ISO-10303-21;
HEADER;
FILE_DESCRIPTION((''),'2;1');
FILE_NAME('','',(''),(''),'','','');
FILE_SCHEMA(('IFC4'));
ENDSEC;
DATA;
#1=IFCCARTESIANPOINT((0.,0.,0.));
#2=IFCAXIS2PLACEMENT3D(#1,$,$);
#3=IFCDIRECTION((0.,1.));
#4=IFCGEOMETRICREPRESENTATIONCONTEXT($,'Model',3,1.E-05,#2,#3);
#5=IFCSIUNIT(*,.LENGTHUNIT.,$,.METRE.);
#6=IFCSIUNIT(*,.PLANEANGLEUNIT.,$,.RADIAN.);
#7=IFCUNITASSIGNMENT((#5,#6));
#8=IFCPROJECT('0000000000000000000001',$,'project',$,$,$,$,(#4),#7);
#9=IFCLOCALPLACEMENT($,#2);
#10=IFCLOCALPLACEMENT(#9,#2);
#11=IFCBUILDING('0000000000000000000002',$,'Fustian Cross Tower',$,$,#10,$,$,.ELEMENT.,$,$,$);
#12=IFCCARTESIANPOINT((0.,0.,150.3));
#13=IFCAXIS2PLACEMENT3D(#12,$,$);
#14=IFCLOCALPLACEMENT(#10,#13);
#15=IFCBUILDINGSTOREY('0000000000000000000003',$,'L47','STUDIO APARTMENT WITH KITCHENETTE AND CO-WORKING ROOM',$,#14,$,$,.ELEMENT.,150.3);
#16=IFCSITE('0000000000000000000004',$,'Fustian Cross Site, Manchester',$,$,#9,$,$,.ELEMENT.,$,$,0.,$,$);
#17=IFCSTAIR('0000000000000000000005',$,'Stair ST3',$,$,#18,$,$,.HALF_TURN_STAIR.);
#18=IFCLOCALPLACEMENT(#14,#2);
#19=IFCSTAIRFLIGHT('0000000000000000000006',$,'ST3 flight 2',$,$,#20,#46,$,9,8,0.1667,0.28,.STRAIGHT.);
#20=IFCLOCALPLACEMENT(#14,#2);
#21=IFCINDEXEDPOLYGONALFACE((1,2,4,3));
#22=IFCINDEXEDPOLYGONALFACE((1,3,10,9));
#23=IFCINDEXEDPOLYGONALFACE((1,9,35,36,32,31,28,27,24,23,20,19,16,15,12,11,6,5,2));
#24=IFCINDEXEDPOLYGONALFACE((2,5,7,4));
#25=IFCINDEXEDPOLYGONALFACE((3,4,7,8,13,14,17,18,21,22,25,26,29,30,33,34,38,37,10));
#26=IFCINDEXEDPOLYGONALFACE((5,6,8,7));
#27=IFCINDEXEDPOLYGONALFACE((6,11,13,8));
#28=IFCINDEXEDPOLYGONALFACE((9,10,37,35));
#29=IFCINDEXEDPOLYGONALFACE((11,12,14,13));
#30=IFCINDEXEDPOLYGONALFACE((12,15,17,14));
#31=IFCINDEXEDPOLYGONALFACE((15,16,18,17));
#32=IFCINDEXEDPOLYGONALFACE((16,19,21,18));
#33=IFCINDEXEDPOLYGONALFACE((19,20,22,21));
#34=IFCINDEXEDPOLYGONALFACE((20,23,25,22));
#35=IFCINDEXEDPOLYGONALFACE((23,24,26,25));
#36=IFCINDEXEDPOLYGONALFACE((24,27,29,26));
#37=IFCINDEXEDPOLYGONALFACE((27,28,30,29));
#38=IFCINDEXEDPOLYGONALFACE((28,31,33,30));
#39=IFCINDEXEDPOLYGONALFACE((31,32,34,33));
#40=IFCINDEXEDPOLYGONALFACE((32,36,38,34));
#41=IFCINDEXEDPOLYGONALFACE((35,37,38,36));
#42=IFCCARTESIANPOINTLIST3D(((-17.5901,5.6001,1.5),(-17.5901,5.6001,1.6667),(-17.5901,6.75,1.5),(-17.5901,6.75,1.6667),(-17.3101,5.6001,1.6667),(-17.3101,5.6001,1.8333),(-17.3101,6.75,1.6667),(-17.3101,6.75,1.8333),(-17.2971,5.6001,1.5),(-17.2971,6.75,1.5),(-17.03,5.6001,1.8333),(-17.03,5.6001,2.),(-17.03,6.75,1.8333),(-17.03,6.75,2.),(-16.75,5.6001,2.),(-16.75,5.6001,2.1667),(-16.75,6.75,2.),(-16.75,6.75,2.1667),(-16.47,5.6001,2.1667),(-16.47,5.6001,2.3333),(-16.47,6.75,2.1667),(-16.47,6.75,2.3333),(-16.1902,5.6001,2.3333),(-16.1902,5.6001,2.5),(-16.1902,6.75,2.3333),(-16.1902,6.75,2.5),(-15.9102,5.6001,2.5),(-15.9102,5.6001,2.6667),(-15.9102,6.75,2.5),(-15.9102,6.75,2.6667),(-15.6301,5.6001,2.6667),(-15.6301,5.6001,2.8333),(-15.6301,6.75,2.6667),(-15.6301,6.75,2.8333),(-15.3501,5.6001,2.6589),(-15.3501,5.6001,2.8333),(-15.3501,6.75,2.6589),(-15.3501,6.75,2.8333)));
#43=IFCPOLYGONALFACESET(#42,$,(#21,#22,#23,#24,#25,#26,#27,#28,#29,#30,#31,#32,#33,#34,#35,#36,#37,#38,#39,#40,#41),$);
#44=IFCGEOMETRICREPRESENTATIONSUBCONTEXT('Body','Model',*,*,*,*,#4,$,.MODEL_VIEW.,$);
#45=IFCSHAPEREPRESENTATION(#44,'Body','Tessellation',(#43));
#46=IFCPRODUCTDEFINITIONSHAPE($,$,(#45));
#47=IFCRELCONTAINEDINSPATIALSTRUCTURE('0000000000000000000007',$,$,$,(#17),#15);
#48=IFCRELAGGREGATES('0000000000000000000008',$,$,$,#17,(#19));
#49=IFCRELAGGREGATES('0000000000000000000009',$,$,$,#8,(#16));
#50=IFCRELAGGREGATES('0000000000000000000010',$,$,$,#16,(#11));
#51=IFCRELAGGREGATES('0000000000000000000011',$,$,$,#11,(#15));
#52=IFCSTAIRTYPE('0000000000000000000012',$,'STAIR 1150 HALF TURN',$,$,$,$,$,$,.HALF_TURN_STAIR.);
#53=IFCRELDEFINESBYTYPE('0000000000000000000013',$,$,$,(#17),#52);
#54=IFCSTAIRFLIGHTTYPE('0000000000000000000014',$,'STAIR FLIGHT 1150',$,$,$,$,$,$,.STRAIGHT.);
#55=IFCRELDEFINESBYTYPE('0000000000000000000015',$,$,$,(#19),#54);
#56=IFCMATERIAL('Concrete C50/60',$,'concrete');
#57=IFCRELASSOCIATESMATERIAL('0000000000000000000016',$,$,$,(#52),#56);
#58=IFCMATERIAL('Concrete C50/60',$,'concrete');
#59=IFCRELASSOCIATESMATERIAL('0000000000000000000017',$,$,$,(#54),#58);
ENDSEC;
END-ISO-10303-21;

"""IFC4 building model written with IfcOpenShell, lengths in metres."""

from ifc_helpers import new_model, si_unit, direction, frame, origin, place, context, subcontext, project, spatial, polyline, outline, extrude, material, type_object, element, aggregate, save


model = new_model("IFC4")

# Units and contexts
model_context = context("Model", 3, precision=1e-05, world=origin(), true_north=direction((0.0, 1.0)))
body_context = subcontext(model_context, "Body", "Model", "MODEL_VIEW")
ifc_project = project(units=[si_unit("LENGTHUNIT", "METRE"), si_unit("PLANEANGLEUNIT", "RADIAN")], contexts=[model_context])

# Site, building, storey
site_placement = place(None, origin())
site = spatial("IfcSite", under=ifc_project, at=site_placement, Name="Fustian Cross Site, Manchester", CompositionType="ELEMENT", RefElevation=0.0)
building_placement = place(site_placement, origin())
building = spatial("IfcBuilding", under=site, at=building_placement, Name="Fustian Cross Tower", CompositionType="ELEMENT")
storey_placement = place(building_placement, frame((0.0, 0.0, 150.3)))
storey = spatial("IfcBuildingStorey", under=building, at=storey_placement, Name="L47", Description="STUDIO APARTMENT WITH KITCHENETTE AND CO-WORKING ROOM", CompositionType="ELEMENT", Elevation=150.3)

# Stair, stair flight
ifc_material_1 = material(Name="Concrete C50/60", Category="concrete")
stair_type = type_object("IfcStairType", Name="STAIR 1150 HALF TURN", PredefinedType="HALF_TURN_STAIR", material=ifc_material_1)
stair_placement = place(storey_placement, origin())
stair = element("IfcStair", 1, at=stair_placement, inside=storey, type_object=stair_type, Name="Stair ST3", PredefinedType="HALF_TURN_STAIR")
ifc_material_2 = material(Name="Concrete C50/60", Category="concrete")
stair_flight_type = type_object("IfcStairFlightType", Name="STAIR FLIGHT 1150", PredefinedType="STRAIGHT", material=ifc_material_2)
stair_flight_1_placement = place(storey_placement, frame((-17.5901, 6.175, 1.5), z_axis=(0.0, 0.0, 1.0), x_axis=(1.0, 0.0, 0.0)))
stair_flight_1 = element("IfcStairFlight", 2, at=stair_flight_1_placement, type_object=stair_flight_type, Name="ST3 flight 2", NumberOfRisers=9, NumberOfTreads=8, PredefinedType="STRAIGHT", RiserHeight=0.1667, TreadLength=0.28, context=body_context, shape_type="SweptSolid", body=[
    extrude(outline(polyline([(0.0, 0.0), (0.0, 0.1667), (0.28, 0.1667), (0.28, 0.3333), (0.5601, 0.3333), (0.5601, 0.5), (0.8401, 0.5), (0.8401, 0.6667), (1.1201, 0.6667), (1.1201, 0.8333), (1.3999, 0.8333), (1.3999, 1.0), (1.6799, 1.0), (1.6799, 1.1667), (1.96, 1.1667), (1.96, 1.3333), (2.24, 1.3333), (2.24, 1.5), (2.24, 1.1589), (0.293, 0.0), (0.0, 0.0)])), frame((0.0, 0.575, 0.0), z_axis=(0.0, -1.0, 0.0), x_axis=(1.0, 0.0, 0.0)), (0.0, 0.0, 1.0), 1.1499),
])
aggregate(stair, [stair_flight_1])

save(model, "model.ifc")
